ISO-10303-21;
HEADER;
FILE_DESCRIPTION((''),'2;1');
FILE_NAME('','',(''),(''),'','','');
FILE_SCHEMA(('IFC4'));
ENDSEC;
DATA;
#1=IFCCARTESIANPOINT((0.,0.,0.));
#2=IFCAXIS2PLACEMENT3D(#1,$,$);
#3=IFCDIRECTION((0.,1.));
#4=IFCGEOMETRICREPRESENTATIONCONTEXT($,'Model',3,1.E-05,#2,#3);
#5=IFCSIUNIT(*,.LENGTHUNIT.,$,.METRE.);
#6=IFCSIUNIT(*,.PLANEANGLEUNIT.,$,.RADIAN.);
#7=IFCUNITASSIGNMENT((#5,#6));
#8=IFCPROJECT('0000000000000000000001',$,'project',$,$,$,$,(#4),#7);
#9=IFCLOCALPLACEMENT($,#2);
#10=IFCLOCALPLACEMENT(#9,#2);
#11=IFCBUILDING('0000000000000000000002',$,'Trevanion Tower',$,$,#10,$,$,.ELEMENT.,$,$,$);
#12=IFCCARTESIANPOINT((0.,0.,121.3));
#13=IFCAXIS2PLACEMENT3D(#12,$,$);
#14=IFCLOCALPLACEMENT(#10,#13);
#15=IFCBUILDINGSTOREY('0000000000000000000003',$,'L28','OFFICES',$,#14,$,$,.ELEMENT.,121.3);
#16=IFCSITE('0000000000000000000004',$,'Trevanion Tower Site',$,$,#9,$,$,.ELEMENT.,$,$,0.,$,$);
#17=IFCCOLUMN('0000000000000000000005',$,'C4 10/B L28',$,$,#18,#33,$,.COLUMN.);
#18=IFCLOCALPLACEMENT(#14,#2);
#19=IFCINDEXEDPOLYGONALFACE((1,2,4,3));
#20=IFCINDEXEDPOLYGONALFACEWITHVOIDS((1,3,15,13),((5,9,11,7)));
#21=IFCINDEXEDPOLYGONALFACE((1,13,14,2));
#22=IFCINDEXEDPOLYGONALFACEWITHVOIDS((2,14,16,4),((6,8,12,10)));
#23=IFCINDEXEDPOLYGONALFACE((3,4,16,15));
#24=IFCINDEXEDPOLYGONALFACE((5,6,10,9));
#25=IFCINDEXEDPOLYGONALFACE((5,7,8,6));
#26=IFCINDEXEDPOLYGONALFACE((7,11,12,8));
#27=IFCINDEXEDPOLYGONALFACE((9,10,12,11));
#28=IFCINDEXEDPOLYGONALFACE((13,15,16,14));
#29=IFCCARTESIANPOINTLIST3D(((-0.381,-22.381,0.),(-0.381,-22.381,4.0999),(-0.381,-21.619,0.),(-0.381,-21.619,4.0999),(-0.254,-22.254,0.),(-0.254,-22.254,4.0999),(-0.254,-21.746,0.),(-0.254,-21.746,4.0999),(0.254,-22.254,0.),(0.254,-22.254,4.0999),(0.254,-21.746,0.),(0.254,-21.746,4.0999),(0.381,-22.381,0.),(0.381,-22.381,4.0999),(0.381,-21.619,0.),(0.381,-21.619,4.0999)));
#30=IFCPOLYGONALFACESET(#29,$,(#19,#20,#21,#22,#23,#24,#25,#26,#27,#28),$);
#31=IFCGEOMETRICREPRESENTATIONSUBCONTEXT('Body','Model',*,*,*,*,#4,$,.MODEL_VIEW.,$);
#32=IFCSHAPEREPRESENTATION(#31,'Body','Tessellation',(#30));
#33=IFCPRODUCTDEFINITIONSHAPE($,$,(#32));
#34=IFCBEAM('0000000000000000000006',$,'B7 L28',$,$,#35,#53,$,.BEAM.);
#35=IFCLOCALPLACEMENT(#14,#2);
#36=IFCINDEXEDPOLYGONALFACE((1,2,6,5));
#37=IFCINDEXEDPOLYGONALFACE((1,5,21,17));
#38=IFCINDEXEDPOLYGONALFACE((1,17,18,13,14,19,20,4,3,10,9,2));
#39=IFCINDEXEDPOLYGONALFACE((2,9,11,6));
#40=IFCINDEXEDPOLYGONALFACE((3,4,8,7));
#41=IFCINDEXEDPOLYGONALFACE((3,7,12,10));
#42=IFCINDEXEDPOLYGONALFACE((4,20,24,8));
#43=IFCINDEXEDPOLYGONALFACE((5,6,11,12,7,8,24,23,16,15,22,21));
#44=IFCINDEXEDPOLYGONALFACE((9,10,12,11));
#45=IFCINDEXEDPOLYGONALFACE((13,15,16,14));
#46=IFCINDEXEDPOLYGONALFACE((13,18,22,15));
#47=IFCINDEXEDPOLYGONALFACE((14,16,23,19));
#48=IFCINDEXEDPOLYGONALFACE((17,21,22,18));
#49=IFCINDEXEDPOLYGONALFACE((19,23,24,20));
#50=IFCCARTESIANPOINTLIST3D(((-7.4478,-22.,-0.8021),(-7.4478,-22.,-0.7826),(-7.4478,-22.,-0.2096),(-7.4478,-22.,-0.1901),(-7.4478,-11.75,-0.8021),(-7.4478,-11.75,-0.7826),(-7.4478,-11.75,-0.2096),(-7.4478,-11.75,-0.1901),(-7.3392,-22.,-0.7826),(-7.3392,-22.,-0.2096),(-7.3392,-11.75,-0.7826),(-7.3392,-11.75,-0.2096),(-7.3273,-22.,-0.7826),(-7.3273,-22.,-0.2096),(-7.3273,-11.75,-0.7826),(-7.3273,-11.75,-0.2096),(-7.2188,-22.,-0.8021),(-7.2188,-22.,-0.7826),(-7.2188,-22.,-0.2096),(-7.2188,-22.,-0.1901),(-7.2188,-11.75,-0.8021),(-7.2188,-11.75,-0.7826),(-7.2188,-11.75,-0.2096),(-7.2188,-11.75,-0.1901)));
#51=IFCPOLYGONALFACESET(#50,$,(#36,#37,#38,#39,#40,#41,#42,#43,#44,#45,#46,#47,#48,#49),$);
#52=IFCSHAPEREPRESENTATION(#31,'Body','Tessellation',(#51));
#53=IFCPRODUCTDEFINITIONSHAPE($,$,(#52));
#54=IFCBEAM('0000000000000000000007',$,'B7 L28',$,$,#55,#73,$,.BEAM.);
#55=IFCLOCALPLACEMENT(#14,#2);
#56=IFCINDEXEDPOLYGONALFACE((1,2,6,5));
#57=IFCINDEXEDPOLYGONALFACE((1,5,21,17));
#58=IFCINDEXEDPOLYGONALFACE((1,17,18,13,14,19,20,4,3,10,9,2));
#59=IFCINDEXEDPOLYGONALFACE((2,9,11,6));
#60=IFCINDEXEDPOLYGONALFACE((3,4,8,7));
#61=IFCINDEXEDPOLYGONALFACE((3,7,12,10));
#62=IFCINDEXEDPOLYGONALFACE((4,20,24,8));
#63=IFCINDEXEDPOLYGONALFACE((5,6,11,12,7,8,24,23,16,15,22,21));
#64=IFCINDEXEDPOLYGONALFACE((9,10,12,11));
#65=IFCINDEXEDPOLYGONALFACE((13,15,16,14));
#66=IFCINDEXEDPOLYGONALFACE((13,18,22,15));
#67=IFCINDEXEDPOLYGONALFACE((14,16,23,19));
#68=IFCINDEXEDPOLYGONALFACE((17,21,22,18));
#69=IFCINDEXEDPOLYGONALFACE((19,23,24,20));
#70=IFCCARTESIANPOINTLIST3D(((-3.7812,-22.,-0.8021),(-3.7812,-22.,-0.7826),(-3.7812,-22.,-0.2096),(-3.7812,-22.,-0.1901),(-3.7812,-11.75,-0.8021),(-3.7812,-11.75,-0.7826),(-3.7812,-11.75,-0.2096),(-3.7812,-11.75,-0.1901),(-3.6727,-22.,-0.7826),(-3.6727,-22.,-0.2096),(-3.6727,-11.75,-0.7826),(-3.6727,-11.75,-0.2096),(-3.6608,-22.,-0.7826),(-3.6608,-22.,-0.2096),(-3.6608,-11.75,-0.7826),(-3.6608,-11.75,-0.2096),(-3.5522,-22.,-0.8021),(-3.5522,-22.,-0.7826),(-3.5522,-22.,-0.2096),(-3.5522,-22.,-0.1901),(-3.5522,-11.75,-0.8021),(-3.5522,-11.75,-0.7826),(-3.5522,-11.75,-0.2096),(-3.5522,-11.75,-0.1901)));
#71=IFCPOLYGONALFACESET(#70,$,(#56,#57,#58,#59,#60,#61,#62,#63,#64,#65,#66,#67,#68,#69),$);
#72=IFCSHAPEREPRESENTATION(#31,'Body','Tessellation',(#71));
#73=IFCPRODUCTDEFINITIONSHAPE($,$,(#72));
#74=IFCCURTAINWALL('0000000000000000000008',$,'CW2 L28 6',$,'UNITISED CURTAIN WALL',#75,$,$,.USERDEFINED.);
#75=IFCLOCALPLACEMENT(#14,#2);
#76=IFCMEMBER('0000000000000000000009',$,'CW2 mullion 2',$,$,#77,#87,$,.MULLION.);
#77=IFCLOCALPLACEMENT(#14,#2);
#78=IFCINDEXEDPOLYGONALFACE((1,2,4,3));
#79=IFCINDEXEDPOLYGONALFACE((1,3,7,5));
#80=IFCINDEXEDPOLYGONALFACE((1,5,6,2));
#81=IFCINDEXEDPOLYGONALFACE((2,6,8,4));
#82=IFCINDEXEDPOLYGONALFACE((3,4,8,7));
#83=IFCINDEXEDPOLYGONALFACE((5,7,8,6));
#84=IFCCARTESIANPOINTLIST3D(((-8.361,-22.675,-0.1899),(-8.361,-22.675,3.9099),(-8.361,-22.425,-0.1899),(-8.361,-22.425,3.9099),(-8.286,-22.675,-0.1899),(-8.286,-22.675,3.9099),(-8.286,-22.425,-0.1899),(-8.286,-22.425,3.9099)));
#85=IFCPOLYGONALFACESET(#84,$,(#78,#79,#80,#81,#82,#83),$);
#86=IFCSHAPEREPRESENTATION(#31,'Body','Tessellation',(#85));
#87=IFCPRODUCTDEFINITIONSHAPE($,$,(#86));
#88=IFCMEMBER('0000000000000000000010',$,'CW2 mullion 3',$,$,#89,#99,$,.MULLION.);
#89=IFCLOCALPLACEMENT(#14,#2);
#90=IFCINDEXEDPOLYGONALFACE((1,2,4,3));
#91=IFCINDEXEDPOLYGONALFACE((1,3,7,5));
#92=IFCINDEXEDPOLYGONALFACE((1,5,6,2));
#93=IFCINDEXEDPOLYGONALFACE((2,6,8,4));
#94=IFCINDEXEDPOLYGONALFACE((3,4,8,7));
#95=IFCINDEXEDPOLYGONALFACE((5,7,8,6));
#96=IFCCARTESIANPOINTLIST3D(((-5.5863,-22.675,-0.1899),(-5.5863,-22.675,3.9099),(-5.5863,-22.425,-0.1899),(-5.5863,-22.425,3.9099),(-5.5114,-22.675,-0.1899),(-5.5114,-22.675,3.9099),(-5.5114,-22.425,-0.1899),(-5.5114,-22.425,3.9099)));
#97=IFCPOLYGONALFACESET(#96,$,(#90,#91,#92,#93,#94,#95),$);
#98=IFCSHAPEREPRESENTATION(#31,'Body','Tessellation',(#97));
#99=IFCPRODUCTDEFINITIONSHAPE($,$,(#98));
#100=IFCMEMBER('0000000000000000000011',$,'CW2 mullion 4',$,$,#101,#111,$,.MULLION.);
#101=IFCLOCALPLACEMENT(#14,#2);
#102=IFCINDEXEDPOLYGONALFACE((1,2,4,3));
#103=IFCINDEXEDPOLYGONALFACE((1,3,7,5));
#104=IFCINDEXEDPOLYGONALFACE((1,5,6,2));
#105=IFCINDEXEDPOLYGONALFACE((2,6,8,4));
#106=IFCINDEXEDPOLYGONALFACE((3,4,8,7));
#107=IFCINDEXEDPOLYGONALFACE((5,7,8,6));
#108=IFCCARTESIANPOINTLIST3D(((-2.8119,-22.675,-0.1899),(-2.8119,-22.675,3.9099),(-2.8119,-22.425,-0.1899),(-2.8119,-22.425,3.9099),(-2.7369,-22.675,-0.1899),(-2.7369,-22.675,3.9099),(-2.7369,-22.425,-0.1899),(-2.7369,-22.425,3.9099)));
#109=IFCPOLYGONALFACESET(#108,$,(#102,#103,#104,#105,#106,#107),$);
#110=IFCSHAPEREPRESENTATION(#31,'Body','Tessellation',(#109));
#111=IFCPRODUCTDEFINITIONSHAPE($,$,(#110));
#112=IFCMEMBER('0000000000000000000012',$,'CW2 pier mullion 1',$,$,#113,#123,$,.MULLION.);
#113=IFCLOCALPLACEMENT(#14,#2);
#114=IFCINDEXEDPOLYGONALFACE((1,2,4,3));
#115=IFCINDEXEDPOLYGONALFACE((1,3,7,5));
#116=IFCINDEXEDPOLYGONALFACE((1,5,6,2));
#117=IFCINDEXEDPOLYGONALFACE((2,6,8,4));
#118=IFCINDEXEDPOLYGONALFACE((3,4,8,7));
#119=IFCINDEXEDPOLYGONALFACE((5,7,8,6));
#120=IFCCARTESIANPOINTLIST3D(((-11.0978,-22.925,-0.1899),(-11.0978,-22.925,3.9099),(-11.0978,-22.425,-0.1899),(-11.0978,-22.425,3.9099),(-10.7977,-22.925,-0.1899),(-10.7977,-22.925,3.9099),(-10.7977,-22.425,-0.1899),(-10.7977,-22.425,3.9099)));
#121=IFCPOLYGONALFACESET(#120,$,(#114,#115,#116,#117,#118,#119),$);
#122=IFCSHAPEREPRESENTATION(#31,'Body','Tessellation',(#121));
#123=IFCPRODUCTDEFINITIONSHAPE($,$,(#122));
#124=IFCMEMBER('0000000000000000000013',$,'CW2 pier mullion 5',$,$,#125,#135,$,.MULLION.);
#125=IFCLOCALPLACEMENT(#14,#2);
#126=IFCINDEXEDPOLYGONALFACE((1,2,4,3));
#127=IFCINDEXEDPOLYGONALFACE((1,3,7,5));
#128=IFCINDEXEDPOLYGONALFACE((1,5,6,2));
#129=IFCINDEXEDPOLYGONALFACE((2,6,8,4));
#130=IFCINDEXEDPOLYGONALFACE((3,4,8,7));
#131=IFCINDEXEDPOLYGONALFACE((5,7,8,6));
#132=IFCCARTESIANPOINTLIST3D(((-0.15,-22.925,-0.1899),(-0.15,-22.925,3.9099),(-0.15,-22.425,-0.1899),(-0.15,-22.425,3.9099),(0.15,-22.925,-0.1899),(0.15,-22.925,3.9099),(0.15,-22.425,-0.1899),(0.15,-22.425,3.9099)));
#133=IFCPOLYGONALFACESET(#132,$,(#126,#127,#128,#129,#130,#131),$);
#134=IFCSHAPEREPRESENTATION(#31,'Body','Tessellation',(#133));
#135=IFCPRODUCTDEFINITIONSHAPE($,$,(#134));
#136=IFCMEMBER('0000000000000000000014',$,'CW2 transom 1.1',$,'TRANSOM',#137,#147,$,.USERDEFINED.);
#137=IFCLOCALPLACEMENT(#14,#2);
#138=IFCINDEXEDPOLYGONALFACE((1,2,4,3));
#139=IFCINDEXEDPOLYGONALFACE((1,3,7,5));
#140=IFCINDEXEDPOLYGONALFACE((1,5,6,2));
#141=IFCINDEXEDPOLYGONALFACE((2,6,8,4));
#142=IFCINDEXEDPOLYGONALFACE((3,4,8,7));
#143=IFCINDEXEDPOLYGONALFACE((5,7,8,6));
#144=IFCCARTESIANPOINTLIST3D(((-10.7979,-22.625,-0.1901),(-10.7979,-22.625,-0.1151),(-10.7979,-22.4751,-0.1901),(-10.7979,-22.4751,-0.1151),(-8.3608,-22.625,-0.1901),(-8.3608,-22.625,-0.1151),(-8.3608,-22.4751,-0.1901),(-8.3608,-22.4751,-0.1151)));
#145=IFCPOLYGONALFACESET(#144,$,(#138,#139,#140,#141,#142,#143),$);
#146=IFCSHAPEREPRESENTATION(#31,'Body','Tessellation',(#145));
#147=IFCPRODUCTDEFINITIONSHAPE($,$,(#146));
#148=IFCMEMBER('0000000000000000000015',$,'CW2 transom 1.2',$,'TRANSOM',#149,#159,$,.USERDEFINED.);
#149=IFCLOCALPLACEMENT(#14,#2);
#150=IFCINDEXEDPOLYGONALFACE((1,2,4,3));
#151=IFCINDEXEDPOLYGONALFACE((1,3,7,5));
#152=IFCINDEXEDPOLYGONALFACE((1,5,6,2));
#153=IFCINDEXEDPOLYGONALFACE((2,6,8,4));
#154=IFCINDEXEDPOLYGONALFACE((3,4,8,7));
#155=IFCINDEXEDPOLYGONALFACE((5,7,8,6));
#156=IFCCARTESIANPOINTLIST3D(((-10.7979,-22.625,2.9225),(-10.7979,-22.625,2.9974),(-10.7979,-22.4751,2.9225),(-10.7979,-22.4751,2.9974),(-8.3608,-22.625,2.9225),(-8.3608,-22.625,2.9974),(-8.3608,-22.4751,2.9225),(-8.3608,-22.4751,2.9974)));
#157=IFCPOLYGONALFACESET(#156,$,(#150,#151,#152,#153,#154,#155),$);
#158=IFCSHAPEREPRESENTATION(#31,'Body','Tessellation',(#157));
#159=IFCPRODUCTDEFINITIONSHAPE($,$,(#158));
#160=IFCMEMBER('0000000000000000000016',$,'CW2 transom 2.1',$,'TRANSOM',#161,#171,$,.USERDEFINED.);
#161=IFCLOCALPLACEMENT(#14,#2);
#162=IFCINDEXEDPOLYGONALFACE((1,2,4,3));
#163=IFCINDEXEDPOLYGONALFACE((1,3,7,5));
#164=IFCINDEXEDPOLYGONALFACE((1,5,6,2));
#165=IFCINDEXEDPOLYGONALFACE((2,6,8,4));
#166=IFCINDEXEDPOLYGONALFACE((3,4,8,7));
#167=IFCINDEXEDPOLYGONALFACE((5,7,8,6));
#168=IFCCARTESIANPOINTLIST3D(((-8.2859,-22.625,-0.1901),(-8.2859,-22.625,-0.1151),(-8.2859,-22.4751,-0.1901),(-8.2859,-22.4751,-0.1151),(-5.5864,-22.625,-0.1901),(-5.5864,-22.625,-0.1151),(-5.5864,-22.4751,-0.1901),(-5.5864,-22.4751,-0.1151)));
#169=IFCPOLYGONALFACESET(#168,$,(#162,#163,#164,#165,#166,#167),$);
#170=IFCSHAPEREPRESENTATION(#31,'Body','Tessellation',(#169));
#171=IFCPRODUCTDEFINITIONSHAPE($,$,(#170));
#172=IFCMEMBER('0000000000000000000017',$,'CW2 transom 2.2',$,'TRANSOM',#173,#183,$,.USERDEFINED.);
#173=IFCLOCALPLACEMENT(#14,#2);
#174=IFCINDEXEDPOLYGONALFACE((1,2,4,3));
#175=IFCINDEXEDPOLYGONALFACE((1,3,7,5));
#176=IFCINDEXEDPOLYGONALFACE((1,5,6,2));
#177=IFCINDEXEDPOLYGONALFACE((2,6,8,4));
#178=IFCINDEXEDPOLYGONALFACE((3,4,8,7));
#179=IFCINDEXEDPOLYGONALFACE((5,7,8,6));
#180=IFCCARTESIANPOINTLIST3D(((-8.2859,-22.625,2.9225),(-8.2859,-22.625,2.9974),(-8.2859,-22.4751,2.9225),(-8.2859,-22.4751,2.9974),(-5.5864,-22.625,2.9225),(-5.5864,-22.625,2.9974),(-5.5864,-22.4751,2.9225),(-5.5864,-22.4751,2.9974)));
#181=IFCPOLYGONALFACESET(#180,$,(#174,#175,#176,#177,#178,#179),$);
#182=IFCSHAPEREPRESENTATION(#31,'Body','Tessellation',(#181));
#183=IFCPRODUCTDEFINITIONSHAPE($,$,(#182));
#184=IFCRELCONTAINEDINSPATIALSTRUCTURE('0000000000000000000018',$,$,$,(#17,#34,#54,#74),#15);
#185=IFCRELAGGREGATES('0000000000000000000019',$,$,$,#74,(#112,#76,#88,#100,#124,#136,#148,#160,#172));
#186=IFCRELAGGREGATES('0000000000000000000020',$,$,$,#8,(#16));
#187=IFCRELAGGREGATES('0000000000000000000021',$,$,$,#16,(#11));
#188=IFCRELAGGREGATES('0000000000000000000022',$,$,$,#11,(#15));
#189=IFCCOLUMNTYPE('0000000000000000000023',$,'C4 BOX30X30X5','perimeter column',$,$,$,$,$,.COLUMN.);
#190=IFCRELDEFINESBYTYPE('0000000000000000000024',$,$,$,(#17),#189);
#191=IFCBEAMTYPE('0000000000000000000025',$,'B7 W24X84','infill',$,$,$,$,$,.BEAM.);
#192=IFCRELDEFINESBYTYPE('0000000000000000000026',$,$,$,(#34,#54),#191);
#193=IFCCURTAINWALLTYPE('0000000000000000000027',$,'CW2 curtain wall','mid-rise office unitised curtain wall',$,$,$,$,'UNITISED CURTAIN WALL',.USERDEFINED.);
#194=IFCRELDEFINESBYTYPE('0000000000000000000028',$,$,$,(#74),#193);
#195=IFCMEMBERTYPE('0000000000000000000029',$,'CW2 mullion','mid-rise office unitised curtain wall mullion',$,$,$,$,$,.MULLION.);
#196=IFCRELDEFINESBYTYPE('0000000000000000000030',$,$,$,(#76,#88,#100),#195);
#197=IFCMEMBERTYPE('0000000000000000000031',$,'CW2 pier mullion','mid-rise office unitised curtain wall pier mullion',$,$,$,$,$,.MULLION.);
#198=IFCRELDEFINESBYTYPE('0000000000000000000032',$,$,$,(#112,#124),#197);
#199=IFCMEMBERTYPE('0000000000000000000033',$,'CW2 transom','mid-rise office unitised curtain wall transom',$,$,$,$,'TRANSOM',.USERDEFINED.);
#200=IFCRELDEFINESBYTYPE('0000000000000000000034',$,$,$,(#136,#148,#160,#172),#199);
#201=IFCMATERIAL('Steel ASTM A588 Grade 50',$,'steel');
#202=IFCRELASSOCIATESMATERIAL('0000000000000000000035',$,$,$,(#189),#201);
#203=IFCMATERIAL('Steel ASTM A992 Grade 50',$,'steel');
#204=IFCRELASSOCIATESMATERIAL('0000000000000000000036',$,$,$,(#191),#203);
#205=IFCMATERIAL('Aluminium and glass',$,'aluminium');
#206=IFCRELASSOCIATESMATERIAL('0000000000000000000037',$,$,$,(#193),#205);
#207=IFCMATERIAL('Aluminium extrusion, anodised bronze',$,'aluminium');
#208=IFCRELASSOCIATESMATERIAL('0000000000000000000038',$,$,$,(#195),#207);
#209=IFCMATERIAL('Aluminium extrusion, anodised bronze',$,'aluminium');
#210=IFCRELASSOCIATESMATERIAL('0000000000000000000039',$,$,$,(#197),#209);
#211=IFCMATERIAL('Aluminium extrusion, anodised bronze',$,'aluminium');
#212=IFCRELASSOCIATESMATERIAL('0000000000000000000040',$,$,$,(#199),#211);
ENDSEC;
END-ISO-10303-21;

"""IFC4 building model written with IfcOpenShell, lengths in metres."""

from ifc_helpers import new_model, si_unit, direction, frame, origin, origin_2d, place, context, subcontext, project, spatial, rectangle, hollow_rectangle, i_section, extrude, material, material_profile, profile_set, type_object, element, aggregate, save


model = new_model("IFC4")

# Units and contexts
model_context = context("Model", 3, precision=1e-05, world=origin(), true_north=direction((0.0, 1.0)))
body_context = subcontext(model_context, "Body", "Model", "MODEL_VIEW")
ifc_project = project(units=[si_unit("LENGTHUNIT", "METRE"), si_unit("PLANEANGLEUNIT", "RADIAN")], contexts=[model_context])

# Site, building, storey
site_placement = place(None, origin())
site = spatial("IfcSite", under=ifc_project, at=site_placement, Name="Trevanion Tower Site", CompositionType="ELEMENT", RefElevation=0.0)
building_placement = place(site_placement, origin())
building = spatial("IfcBuilding", under=site, at=building_placement, Name="Trevanion Tower", CompositionType="ELEMENT")
storey_placement = place(building_placement, frame((0.0, 0.0, 121.3)))
storey = spatial("IfcBuildingStorey", under=building, at=storey_placement, Name="L28", Description="OFFICES", CompositionType="ELEMENT", Elevation=121.3)

# Column
ifc_material_1 = material(Name="Steel ASTM A588 Grade 50", Category="steel")
ifc_material_profile_1 = material_profile(ifc_material_1, hollow_rectangle(XDim=0.762, YDim=0.762, WallThickness=0.127, at=origin_2d()), Name="BOX30X30X5")
ifc_profile_set_1 = profile_set([ifc_material_profile_1], Name="Steel ASTM A588 Grade 50")
column_type = type_object("IfcColumnType", Name="C4 BOX30X30X5", Description="perimeter column", PredefinedType="COLUMN", material=ifc_profile_set_1)
column_placement = place(storey_placement, frame((0.0, -22.0, 0.0), z_axis=(0.0, 0.0, 1.0), x_axis=(1.0, 0.0, 0.0)))
element("IfcColumn", 1, at=column_placement, inside=storey, type_object=column_type, Name="C4 10/B L28", PredefinedType="COLUMN", context=body_context, shape_type="SweptSolid", body=[
    extrude(hollow_rectangle(XDim=0.762, YDim=0.762, WallThickness=0.127, at=origin_2d()), origin(), (0.0, 0.0, 1.0), 4.0999),
])

# Beams
ifc_material_2 = material(Name="Steel ASTM A992 Grade 50", Category="steel")
ifc_material_profile_2 = material_profile(ifc_material_2, i_section(OverallWidth=0.229, OverallDepth=0.6121, WebThickness=0.012, FlangeThickness=0.0195, at=origin_2d()), Name="W24X84")
ifc_profile_set_2 = profile_set([ifc_material_profile_2], Name="Steel ASTM A992 Grade 50")
beam_type_1 = type_object("IfcBeamType", Name="B7 W24X84", Description="infill", PredefinedType="BEAM", material=ifc_profile_set_2)
for number, where, z_axis, x_axis, name in (
    (2, (-7.3333, -11.75, -0.4961), (0.0, -1.0, 0.0), (1.0, 0.0, 0.0), "B7 L28"),
    (3, (-3.6667, -11.75, -0.4961), (0.0, -1.0, 0.0), (1.0, 0.0, 0.0), "B7 L28"),
):
    element("IfcBeam", number, at=place(storey_placement, frame(where, z_axis=z_axis, x_axis=x_axis)), inside=storey, type_object=beam_type_1, Name=name, PredefinedType="BEAM", context=body_context, shape_type="SweptSolid", body=[
        extrude(i_section(OverallWidth=0.229, OverallDepth=0.6121, WebThickness=0.012, FlangeThickness=0.0195, at=origin_2d()), origin(), (0.0, 0.0, 1.0), 10.25),
    ])

# Curtain wall, members
ifc_material_3 = material(Name="Aluminium and glass", Category="aluminium")
curtain_wall_type = type_object("IfcCurtainWallType", Name="CW2 curtain wall", Description="mid-rise office unitised curtain wall", ElementType="UNITISED CURTAIN WALL", PredefinedType="USERDEFINED", material=ifc_material_3)
curtain_wall_placement = place(storey_placement, origin())
curtain_wall = element("IfcCurtainWall", 4, at=curtain_wall_placement, inside=storey, type_object=curtain_wall_type, Name="CW2 L28 6", ObjectType="UNITISED CURTAIN WALL", PredefinedType="USERDEFINED")
ifc_material_4 = material(Name="Aluminium extrusion, anodised bronze", Category="aluminium")
ifc_material_profile_3 = material_profile(ifc_material_4, rectangle(XDim=0.075, YDim=0.25, at=origin_2d()), Name="CW2 mullion")
ifc_profile_set_3 = profile_set([ifc_material_profile_3], Name="Aluminium extrusion, anodised bronze")
member_type_1 = type_object("IfcMemberType", Name="CW2 mullion", Description="mid-rise office unitised curtain wall mullion", PredefinedType="MULLION", material=ifc_profile_set_3)
member_1_placement = place(storey_placement, frame((-8.3235, -22.55, -0.1899), z_axis=(0.0, 0.0, 1.0), x_axis=(1.0, 0.0, 0.0)))
member_1 = element("IfcMember", 5, at=member_1_placement, type_object=member_type_1, Name="CW2 mullion 2", PredefinedType="MULLION", context=body_context, shape_type="SweptSolid", body=[
    extrude(rectangle(XDim=0.075, YDim=0.25, at=origin_2d()), origin(), (0.0, 0.0, 1.0), 4.0999),
])
member_2_placement = place(storey_placement, frame((-5.5488, -22.55, -0.1899), z_axis=(0.0, 0.0, 1.0), x_axis=(1.0, 0.0, 0.0)))
member_2 = element("IfcMember", 6, at=member_2_placement, type_object=member_type_1, Name="CW2 mullion 3", PredefinedType="MULLION", context=body_context, shape_type="SweptSolid", body=[
    extrude(rectangle(XDim=0.075, YDim=0.25, at=origin_2d()), origin(), (0.0, 0.0, 1.0), 4.0999),
])
member_3_placement = place(storey_placement, frame((-2.7744, -22.55, -0.1899), z_axis=(0.0, 0.0, 1.0), x_axis=(1.0, 0.0, 0.0)))
member_3 = element("IfcMember", 7, at=member_3_placement, type_object=member_type_1, Name="CW2 mullion 4", PredefinedType="MULLION", context=body_context, shape_type="SweptSolid", body=[
    extrude(rectangle(XDim=0.075, YDim=0.25, at=origin_2d()), origin(), (0.0, 0.0, 1.0), 4.0999),
])
ifc_material_5 = material(Name="Aluminium extrusion, anodised bronze", Category="aluminium")
ifc_material_profile_4 = material_profile(ifc_material_5, rectangle(XDim=0.3, YDim=0.5, at=origin_2d()), Name="CW2 pier mullion")
ifc_profile_set_4 = profile_set([ifc_material_profile_4], Name="Aluminium extrusion, anodised bronze")
member_type_2 = type_object("IfcMemberType", Name="CW2 pier mullion", Description="mid-rise office unitised curtain wall pier mullion", PredefinedType="MULLION", material=ifc_profile_set_4)
member_4_placement = place(storey_placement, frame((-10.9478, -22.675, -0.1899), z_axis=(0.0, 0.0, 1.0), x_axis=(1.0, 0.0, 0.0)))
member_4 = element("IfcMember", 8, at=member_4_placement, type_object=member_type_2, Name="CW2 pier mullion 1", PredefinedType="MULLION", context=body_context, shape_type="SweptSolid", body=[
    extrude(rectangle(XDim=0.3, YDim=0.5, at=origin_2d()), origin(), (0.0, 0.0, 1.0), 4.0999),
])
member_5_placement = place(storey_placement, frame((0.0, -22.675, -0.1899), z_axis=(0.0, 0.0, 1.0), x_axis=(1.0, 0.0, 0.0)))
member_5 = element("IfcMember", 9, at=member_5_placement, type_object=member_type_2, Name="CW2 pier mullion 5", PredefinedType="MULLION", context=body_context, shape_type="SweptSolid", body=[
    extrude(rectangle(XDim=0.3, YDim=0.5, at=origin_2d()), origin(), (0.0, 0.0, 1.0), 4.0999),
])
ifc_material_6 = material(Name="Aluminium extrusion, anodised bronze", Category="aluminium")
ifc_material_profile_5 = material_profile(ifc_material_6, rectangle(XDim=0.1499, YDim=0.075, at=origin_2d()), Name="CW2 transom")
ifc_profile_set_5 = profile_set([ifc_material_profile_5], Name="Aluminium extrusion, anodised bronze")
member_type_3 = type_object("IfcMemberType", Name="CW2 transom", Description="mid-rise office unitised curtain wall transom", ElementType="TRANSOM", PredefinedType="USERDEFINED", material=ifc_profile_set_5)
member_6_placement = place(storey_placement, frame((-10.7979, -22.55, -0.1526), z_axis=(1.0, 0.0, 0.0), x_axis=(0.0, 1.0, 0.0)))
member_6 = element("IfcMember", 10, at=member_6_placement, type_object=member_type_3, Name="CW2 transom 1.1", ObjectType="TRANSOM", PredefinedType="USERDEFINED", context=body_context, shape_type="SweptSolid", body=[
    extrude(rectangle(XDim=0.1499, YDim=0.075, at=origin_2d()), origin(), (0.0, 0.0, 1.0), 2.437),
])
member_7_placement = place(storey_placement, frame((-10.7979, -22.55, 2.96), z_axis=(1.0, 0.0, 0.0), x_axis=(0.0, 1.0, 0.0)))
member_7 = element("IfcMember", 11, at=member_7_placement, type_object=member_type_3, Name="CW2 transom 1.2", ObjectType="TRANSOM", PredefinedType="USERDEFINED", context=body_context, shape_type="SweptSolid", body=[
    extrude(rectangle(XDim=0.1499, YDim=0.075, at=origin_2d()), origin(), (0.0, 0.0, 1.0), 2.437),
])
member_8_placement = place(storey_placement, frame((-8.2859, -22.55, -0.1526), z_axis=(1.0, 0.0, 0.0), x_axis=(0.0, 1.0, 0.0)))
member_8 = element("IfcMember", 12, at=member_8_placement, type_object=member_type_3, Name="CW2 transom 2.1", ObjectType="TRANSOM", PredefinedType="USERDEFINED", context=body_context, shape_type="SweptSolid", body=[
    extrude(rectangle(XDim=0.1499, YDim=0.075, at=origin_2d()), origin(), (0.0, 0.0, 1.0), 2.6995),
])
member_9_placement = place(storey_placement, frame((-8.2859, -22.55, 2.96), z_axis=(1.0, 0.0, 0.0), x_axis=(0.0, 1.0, 0.0)))
member_9 = element("IfcMember", 13, at=member_9_placement, type_object=member_type_3, Name="CW2 transom 2.2", ObjectType="TRANSOM", PredefinedType="USERDEFINED", context=body_context, shape_type="SweptSolid", body=[
    extrude(rectangle(XDim=0.1499, YDim=0.075, at=origin_2d()), origin(), (0.0, 0.0, 1.0), 2.6995),
])

aggregate(curtain_wall, [member_4, member_1, member_2, member_3, member_5, member_6, member_7, member_8, member_9])

save(model, "model.ifc")
